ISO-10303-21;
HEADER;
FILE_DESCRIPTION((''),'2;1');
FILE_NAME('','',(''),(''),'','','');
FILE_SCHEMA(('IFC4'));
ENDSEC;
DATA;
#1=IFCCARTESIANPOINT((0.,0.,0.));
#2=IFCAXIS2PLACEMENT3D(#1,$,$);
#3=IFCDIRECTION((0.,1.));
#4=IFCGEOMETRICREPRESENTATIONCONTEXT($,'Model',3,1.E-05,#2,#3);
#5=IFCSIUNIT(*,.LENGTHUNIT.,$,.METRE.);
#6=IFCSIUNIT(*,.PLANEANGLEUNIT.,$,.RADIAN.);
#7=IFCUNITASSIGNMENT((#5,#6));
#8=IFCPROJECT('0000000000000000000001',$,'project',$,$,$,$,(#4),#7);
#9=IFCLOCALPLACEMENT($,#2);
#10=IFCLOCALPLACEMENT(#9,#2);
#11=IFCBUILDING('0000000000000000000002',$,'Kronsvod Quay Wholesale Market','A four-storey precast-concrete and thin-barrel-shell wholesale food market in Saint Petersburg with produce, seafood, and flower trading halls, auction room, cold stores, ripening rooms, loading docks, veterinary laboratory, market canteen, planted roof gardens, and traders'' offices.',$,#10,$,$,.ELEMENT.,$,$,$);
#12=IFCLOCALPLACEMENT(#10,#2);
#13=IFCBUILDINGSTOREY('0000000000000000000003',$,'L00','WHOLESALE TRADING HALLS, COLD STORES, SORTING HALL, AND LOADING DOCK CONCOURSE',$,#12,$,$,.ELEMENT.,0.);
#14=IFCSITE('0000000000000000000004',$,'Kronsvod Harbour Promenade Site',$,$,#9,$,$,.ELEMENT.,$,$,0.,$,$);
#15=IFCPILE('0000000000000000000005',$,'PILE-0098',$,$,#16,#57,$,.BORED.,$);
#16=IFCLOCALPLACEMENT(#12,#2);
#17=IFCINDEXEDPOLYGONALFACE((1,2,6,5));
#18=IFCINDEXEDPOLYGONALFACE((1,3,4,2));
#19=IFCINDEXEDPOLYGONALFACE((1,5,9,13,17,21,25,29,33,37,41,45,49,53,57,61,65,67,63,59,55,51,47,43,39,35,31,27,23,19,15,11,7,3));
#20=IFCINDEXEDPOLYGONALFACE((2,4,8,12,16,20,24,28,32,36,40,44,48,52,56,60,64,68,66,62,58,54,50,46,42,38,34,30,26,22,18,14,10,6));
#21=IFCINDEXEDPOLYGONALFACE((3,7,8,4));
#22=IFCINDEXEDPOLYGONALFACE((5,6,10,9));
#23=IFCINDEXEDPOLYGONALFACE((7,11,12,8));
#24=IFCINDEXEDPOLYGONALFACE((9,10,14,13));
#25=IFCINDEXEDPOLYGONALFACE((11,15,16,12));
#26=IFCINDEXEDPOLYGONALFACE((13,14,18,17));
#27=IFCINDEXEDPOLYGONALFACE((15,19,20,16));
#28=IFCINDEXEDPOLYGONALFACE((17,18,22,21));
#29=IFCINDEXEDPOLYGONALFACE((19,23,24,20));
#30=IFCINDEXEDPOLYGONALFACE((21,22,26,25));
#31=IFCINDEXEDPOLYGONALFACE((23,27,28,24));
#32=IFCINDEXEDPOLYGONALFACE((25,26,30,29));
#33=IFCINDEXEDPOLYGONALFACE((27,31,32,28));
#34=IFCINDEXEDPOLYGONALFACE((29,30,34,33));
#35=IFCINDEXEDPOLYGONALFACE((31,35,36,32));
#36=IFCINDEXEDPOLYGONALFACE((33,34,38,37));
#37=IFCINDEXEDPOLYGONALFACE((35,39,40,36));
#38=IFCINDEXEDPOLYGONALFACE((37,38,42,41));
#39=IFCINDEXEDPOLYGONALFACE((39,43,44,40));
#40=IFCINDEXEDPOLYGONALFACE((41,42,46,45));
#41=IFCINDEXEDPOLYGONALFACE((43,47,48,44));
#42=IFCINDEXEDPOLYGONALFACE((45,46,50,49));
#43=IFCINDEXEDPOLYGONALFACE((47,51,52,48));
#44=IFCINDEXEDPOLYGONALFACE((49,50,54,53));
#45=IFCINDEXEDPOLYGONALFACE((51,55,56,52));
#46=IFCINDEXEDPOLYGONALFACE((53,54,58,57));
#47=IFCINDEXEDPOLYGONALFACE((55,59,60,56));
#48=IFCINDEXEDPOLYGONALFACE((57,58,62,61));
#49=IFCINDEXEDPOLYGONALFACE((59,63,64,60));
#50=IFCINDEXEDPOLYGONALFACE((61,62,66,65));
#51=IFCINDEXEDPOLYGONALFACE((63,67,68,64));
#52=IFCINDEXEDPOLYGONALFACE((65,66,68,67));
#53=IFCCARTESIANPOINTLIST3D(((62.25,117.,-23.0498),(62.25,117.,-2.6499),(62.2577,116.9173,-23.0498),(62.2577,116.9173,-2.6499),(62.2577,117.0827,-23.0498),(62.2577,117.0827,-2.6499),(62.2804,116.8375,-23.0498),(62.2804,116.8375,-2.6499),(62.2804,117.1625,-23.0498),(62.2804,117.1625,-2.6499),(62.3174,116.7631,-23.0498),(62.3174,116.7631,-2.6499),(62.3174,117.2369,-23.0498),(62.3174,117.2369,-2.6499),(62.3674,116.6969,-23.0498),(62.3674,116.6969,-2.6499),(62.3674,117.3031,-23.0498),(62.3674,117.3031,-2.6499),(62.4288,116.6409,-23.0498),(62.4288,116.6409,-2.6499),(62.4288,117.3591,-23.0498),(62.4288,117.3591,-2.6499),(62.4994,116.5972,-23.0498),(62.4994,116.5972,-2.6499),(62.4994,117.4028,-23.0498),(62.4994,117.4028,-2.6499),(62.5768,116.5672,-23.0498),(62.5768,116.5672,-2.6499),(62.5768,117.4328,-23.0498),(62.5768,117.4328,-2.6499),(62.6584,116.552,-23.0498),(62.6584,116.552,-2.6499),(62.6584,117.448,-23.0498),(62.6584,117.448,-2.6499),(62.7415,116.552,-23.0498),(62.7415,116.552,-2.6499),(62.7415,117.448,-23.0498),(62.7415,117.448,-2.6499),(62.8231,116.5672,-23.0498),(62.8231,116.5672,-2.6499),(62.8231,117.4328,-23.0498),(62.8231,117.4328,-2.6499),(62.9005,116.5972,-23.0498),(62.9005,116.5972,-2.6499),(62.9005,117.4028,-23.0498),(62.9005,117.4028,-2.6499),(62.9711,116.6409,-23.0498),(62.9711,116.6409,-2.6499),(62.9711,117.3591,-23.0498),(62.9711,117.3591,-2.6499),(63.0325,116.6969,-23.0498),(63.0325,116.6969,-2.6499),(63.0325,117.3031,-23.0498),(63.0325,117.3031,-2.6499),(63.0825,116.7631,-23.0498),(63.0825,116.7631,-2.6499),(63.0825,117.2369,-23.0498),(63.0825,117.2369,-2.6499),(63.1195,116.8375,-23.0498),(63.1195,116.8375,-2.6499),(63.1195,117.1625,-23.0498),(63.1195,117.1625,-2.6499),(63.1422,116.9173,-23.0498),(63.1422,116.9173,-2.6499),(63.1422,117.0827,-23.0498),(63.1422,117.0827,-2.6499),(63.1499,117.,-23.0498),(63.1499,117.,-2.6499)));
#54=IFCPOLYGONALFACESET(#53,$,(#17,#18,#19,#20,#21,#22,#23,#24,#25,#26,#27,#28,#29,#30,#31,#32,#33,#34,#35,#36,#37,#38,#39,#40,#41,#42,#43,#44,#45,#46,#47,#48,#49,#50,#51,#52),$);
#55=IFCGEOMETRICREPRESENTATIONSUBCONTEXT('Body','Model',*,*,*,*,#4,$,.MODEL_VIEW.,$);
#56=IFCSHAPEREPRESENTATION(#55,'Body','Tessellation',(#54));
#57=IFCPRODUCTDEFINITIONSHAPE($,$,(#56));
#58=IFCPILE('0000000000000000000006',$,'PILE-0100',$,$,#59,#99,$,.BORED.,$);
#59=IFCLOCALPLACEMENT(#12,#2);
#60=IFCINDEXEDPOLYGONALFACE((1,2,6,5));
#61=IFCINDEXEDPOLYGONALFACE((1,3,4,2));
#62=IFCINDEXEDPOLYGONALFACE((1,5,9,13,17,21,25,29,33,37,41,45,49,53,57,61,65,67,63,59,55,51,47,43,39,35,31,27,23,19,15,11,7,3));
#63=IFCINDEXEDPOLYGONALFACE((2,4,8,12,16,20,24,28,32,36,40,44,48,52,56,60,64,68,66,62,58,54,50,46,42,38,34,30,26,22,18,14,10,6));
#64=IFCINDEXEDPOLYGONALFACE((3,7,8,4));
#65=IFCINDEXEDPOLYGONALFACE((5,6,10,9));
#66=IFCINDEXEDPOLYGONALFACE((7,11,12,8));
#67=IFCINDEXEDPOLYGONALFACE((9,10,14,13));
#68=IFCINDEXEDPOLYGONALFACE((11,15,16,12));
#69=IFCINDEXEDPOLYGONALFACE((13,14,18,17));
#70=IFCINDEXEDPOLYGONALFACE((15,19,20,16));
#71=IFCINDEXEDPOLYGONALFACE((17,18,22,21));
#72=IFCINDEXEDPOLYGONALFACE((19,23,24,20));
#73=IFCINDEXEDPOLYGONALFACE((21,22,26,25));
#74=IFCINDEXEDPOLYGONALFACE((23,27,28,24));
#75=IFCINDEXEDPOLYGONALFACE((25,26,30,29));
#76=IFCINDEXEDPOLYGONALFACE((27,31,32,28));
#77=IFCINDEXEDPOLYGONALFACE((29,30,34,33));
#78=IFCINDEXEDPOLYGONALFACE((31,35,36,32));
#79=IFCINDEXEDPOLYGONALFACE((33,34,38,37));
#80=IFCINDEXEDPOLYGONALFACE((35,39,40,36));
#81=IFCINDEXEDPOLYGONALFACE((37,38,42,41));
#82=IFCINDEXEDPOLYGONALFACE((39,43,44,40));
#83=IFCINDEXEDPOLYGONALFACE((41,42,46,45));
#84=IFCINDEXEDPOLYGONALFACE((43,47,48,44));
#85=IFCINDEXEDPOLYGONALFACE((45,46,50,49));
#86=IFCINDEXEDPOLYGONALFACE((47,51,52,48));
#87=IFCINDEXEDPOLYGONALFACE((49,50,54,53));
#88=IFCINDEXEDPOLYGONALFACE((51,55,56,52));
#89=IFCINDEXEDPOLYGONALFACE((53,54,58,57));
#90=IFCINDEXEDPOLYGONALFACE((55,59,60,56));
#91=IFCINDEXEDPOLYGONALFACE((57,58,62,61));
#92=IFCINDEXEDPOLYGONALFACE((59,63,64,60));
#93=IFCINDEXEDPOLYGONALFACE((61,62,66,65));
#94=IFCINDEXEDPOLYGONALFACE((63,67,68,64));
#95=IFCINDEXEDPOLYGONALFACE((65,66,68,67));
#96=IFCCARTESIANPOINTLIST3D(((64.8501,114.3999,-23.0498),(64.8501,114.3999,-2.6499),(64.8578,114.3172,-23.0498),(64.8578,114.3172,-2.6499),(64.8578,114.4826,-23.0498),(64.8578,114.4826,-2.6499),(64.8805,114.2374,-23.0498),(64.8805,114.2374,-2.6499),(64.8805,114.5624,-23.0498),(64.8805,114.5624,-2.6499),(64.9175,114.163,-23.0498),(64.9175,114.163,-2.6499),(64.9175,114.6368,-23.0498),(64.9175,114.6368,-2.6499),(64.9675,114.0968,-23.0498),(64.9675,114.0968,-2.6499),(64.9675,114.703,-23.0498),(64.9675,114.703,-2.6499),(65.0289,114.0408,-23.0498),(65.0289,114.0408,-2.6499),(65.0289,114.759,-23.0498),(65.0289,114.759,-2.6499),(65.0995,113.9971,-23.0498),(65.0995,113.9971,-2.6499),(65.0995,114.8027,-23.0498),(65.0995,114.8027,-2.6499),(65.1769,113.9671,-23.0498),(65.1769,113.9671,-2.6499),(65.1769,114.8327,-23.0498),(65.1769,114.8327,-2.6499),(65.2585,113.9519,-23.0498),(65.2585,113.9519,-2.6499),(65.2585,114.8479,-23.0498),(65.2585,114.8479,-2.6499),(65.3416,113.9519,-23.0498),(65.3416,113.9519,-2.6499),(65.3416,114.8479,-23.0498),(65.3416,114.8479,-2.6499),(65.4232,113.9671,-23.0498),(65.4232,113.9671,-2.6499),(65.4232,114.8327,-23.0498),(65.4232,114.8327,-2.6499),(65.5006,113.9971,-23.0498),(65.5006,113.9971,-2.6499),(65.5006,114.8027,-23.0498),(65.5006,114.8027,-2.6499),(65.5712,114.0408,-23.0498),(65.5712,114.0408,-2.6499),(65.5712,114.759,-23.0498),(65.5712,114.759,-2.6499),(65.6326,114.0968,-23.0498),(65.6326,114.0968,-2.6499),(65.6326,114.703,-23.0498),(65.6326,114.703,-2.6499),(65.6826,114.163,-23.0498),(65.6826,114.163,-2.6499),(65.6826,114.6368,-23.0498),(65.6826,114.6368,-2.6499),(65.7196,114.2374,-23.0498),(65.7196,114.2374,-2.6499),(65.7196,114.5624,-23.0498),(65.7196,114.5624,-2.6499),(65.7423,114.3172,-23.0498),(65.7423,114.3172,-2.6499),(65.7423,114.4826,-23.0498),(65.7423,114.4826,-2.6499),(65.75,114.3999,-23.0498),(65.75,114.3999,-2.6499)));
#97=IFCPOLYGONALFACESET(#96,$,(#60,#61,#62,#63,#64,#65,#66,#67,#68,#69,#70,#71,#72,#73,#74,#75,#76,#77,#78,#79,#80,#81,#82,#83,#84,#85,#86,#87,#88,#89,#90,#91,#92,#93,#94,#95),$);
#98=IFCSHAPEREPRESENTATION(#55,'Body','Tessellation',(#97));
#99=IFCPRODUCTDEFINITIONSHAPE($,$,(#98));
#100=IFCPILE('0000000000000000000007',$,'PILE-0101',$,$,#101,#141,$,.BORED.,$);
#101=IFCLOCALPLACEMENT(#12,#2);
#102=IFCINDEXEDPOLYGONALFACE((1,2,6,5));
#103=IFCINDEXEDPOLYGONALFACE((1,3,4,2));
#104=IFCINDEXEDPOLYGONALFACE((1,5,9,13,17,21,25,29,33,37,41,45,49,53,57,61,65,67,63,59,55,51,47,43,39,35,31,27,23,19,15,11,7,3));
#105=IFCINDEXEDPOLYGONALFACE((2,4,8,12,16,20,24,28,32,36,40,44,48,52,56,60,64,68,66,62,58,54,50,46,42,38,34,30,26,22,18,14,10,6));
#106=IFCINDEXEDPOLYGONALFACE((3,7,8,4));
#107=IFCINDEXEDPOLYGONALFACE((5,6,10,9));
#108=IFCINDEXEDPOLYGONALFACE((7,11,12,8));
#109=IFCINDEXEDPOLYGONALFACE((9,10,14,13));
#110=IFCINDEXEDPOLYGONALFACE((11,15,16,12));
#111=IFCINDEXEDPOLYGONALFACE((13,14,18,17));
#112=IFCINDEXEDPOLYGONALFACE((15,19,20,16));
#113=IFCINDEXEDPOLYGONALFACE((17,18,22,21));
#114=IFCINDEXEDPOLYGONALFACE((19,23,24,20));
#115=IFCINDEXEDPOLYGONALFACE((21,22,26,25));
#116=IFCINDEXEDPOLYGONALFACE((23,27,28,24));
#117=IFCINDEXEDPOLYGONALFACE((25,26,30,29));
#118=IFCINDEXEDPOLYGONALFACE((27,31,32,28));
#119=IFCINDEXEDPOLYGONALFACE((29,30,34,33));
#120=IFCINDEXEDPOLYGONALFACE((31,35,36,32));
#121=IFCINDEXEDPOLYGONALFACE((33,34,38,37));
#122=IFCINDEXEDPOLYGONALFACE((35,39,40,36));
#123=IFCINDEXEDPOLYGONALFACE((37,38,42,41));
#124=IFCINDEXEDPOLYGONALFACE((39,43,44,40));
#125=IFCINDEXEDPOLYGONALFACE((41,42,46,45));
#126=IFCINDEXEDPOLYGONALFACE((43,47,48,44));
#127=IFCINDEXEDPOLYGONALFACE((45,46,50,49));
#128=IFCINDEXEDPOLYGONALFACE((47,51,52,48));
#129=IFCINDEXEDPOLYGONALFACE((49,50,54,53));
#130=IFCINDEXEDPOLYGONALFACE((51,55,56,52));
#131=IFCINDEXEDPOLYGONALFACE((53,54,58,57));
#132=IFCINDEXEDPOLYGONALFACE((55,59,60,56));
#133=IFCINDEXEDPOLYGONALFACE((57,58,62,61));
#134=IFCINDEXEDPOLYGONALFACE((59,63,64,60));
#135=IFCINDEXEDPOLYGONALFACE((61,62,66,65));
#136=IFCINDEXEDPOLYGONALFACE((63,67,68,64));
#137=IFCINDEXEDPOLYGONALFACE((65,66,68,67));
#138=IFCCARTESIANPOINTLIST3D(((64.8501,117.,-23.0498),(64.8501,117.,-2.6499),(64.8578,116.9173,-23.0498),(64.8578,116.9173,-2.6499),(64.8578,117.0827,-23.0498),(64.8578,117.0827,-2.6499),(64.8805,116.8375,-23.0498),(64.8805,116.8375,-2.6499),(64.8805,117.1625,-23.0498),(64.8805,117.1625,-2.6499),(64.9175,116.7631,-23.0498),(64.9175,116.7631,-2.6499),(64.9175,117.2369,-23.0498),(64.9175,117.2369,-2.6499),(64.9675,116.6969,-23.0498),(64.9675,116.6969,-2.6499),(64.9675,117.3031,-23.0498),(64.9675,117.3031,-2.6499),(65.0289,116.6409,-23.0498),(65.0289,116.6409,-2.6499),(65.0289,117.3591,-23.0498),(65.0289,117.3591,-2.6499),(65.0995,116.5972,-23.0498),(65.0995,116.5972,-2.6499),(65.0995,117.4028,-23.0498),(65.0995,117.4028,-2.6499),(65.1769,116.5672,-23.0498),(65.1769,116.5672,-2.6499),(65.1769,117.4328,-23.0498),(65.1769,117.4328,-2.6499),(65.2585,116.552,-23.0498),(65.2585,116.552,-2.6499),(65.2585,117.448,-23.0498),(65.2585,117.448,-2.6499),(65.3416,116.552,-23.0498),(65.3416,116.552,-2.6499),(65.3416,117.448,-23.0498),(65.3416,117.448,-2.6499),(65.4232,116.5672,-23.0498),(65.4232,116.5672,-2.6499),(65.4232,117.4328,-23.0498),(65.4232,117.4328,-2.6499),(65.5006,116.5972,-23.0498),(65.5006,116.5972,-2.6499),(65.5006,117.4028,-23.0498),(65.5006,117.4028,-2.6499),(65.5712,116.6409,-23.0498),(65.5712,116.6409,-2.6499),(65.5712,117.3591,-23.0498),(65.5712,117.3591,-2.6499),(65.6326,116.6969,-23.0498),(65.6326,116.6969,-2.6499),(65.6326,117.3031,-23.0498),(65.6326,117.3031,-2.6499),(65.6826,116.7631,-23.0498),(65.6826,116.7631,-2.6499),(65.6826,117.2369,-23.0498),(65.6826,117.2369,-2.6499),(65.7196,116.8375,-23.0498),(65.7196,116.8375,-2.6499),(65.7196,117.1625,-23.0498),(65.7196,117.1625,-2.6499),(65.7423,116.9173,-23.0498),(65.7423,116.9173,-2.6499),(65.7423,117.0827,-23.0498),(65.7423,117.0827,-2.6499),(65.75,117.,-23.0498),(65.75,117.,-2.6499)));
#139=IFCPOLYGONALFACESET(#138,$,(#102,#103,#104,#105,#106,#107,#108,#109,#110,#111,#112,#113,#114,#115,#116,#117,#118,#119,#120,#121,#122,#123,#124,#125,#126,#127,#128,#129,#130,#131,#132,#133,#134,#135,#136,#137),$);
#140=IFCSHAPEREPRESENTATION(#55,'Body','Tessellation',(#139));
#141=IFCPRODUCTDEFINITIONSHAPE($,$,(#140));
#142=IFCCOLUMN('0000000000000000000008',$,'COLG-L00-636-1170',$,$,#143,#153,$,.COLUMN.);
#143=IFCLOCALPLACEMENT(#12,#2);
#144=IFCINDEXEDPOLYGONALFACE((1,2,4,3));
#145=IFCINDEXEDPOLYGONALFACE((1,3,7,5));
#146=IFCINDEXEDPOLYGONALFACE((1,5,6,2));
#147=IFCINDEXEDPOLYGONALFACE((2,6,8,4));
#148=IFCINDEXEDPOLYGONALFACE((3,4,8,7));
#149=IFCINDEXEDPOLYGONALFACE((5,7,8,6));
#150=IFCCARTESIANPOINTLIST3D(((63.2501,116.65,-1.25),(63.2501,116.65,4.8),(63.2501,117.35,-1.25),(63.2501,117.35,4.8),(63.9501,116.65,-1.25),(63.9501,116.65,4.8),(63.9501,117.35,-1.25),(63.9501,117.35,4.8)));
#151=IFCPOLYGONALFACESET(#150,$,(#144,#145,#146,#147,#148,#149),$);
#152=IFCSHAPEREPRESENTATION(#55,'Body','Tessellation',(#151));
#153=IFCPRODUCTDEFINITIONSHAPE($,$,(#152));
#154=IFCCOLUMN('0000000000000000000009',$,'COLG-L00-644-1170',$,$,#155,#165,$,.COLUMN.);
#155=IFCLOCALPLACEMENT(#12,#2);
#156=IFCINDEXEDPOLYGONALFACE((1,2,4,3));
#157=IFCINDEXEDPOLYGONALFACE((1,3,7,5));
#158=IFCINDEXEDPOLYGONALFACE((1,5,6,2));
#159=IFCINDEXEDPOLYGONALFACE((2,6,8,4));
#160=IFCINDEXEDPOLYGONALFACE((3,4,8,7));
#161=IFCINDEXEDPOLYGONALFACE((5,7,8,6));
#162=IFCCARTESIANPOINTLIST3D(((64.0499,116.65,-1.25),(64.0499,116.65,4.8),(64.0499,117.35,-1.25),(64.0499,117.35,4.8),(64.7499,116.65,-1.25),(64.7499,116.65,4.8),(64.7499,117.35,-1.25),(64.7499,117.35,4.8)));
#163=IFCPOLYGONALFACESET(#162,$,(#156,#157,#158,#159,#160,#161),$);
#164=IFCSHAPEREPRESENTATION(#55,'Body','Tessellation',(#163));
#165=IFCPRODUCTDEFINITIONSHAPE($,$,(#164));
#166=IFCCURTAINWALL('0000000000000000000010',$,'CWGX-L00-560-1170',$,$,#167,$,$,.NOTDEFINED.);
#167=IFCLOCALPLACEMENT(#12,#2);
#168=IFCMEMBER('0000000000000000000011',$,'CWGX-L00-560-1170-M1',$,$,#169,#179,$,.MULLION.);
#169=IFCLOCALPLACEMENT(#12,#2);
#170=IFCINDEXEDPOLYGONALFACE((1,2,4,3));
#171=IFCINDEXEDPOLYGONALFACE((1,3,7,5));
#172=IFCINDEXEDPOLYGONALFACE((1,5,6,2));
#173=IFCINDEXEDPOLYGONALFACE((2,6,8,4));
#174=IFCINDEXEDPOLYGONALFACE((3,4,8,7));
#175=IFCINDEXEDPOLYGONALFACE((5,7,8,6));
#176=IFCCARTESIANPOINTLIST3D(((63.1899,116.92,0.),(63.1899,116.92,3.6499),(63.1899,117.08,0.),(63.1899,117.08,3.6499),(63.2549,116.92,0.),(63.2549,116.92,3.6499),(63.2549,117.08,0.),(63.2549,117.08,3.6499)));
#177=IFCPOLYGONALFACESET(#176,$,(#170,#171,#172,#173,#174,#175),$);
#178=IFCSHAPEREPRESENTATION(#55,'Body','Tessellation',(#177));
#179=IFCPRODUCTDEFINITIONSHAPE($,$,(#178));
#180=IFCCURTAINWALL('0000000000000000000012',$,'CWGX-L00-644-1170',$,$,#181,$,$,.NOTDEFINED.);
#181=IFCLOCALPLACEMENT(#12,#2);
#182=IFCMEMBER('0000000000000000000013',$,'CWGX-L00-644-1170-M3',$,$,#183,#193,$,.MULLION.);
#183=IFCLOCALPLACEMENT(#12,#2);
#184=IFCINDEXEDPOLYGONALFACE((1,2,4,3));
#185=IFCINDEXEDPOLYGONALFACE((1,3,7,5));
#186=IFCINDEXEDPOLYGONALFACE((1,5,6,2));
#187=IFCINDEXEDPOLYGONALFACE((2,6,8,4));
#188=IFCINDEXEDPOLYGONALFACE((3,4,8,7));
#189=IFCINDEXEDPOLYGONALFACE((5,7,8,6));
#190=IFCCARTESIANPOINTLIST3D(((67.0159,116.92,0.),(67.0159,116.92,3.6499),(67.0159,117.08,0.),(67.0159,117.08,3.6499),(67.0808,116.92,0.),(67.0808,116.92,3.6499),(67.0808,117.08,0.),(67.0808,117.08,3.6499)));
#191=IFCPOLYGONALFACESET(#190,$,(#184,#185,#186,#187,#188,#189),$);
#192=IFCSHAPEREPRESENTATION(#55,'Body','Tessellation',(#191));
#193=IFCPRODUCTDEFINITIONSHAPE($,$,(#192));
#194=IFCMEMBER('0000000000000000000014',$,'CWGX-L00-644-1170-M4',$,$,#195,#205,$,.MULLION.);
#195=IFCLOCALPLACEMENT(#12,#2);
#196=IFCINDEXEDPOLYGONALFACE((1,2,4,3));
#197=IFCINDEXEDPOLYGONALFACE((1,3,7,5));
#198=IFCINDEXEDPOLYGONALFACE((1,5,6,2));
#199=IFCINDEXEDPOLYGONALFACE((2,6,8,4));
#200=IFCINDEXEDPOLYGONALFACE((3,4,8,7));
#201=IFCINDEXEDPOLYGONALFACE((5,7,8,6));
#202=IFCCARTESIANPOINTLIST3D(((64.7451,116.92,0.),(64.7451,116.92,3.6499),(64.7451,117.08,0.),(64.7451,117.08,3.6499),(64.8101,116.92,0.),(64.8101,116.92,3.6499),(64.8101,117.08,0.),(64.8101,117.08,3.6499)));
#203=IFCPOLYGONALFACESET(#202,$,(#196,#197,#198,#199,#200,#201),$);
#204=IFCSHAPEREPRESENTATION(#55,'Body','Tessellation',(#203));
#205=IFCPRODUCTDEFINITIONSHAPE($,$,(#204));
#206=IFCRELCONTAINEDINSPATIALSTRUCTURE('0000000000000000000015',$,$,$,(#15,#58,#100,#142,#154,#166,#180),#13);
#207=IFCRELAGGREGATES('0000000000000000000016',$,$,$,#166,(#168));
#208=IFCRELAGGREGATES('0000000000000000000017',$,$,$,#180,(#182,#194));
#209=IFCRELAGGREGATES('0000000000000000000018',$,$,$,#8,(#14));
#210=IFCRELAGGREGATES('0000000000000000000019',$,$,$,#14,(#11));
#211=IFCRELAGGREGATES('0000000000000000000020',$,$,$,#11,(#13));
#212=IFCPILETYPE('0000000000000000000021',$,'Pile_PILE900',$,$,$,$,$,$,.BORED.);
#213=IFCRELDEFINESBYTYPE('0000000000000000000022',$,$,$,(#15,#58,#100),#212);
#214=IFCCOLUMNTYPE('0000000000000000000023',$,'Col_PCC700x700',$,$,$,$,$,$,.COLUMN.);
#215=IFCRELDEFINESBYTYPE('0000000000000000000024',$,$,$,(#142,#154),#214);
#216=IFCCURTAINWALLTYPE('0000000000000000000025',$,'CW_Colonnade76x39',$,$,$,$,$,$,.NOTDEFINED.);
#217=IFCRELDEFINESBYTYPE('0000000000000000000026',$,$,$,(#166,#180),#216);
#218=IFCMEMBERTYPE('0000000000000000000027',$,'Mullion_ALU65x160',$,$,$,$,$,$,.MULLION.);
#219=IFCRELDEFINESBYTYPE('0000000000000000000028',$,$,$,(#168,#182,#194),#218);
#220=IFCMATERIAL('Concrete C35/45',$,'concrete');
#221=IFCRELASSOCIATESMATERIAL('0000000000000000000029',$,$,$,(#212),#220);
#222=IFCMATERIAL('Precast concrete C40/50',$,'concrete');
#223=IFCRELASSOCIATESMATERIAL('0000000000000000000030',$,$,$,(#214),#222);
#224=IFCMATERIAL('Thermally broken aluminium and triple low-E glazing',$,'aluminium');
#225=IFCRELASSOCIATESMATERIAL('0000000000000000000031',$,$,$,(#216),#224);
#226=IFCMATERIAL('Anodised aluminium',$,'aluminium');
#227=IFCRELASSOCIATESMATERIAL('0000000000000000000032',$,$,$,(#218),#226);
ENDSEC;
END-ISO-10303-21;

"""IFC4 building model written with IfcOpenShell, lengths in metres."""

from ifc_helpers import new_model, si_unit, direction, frame, origin, origin_2d, place, context, subcontext, project, spatial, rectangle, circle, extrude, material, material_profile, profile_set, type_object, element, aggregate, save


model = new_model("IFC4")

# Units and contexts
model_context = context("Model", 3, precision=1e-05, world=origin(), true_north=direction((0.0, 1.0)))
body_context = subcontext(model_context, "Body", "Model", "MODEL_VIEW")
ifc_project = project(units=[si_unit("LENGTHUNIT", "METRE"), si_unit("PLANEANGLEUNIT", "RADIAN")], contexts=[model_context])

# Site, building, storey
site_placement = place(None, origin())
site = spatial("IfcSite", under=ifc_project, at=site_placement, Name="Kronsvod Harbour Promenade Site", CompositionType="ELEMENT", RefElevation=0.0)
building_placement = place(site_placement, origin())
building = spatial("IfcBuilding", under=site, at=building_placement, Name="Kronsvod Quay Wholesale Market", Description="A four-storey precast-concrete and thin-barrel-shell wholesale food market in Saint Petersburg with produce, seafood, and flower trading halls, auction room, cold stores, ripening rooms, loading docks, veterinary laboratory, market canteen, planted roof gardens, and traders' offices.", CompositionType="ELEMENT")
storey_placement = place(building_placement, origin())
storey = spatial("IfcBuildingStorey", under=building, at=storey_placement, Name="L00", Description="WHOLESALE TRADING HALLS, COLD STORES, SORTING HALL, AND LOADING DOCK CONCOURSE", CompositionType="ELEMENT", Elevation=0.0)

# Piles
ifc_material_1 = material(Name="Concrete C35/45", Category="concrete")
ifc_material_profile_1 = material_profile(ifc_material_1, circle(Radius=0.45, at=origin_2d()), Name="PILE900")
ifc_profile_set_1 = profile_set([ifc_material_profile_1], Name="Concrete C35/45")
pile_type = type_object("IfcPileType", Name="Pile_PILE900", PredefinedType="BORED", material=ifc_profile_set_1)
for number, where, z_axis, x_axis, name in (
    (1, (62.7, 117.0, -2.6499), (0.0, 0.0, -1.0), (1.0, 0.0, 0.0), "PILE-0098"),
    (2, (65.3, 114.3999, -2.6499), (0.0, 0.0, -1.0), (1.0, 0.0, 0.0), "PILE-0100"),
    (3, (65.3, 117.0, -2.6499), (0.0, 0.0, -1.0), (1.0, 0.0, 0.0), "PILE-0101"),
):
    element("IfcPile", number, at=place(storey_placement, frame(where, z_axis=z_axis, x_axis=x_axis)), inside=storey, type_object=pile_type, Name=name, PredefinedType="BORED", context=body_context, shape_type="SweptSolid", body=[
        extrude(circle(Radius=0.45, at=origin_2d()), origin(), (0.0, 0.0, 1.0), 20.3999),
    ])

# Columns
ifc_material_2 = material(Name="Precast concrete C40/50", Category="concrete")
ifc_material_profile_2 = material_profile(ifc_material_2, rectangle(XDim=0.7, YDim=0.7, at=origin_2d()), Name="PCC700x700")
ifc_profile_set_2 = profile_set([ifc_material_profile_2], Name="Precast concrete C40/50")
column_type = type_object("IfcColumnType", Name="Col_PCC700x700", PredefinedType="COLUMN", material=ifc_profile_set_2)
for number, where, z_axis, x_axis, name in (
    (4, (63.6001, 117.0, -1.25), (0.0, 0.0, 1.0), (1.0, 0.0, 0.0), "COLG-L00-636-1170"),
    (5, (64.3999, 117.0, -1.25), (0.0, 0.0, 1.0), (1.0, 0.0, 0.0), "COLG-L00-644-1170"),
):
    element("IfcColumn", number, at=place(storey_placement, frame(where, z_axis=z_axis, x_axis=x_axis)), inside=storey, type_object=column_type, Name=name, PredefinedType="COLUMN", context=body_context, shape_type="SweptSolid", body=[
        extrude(rectangle(XDim=0.7, YDim=0.7, at=origin_2d()), origin(), (0.0, 0.0, 1.0), 6.05),
    ])

# Curtain wall, member
ifc_material_3 = material(Name="Thermally broken aluminium and triple low-E glazing", Category="aluminium")
curtain_wall_type = type_object("IfcCurtainWallType", Name="CW_Colonnade76x39", PredefinedType="NOTDEFINED", material=ifc_material_3)
curtain_wall_1_placement = place(storey_placement, origin())
curtain_wall_1 = element("IfcCurtainWall", 6, at=curtain_wall_1_placement, inside=storey, type_object=curtain_wall_type, Name="CWGX-L00-560-1170", PredefinedType="NOTDEFINED")
ifc_material_4 = material(Name="Anodised aluminium", Category="aluminium")
ifc_material_profile_3 = material_profile(ifc_material_4, rectangle(XDim=0.0649, YDim=0.1599, at=origin_2d()), Name="ALUM65x160")
ifc_profile_set_3 = profile_set([ifc_material_profile_3], Name="Anodised aluminium")
member_type_1 = type_object("IfcMemberType", Name="Mullion_ALU65x160", PredefinedType="MULLION", material=ifc_profile_set_3)
member_1_placement = place(storey_placement, frame((63.2224, 117.0, 0.0), z_axis=(0.0, 0.0, 1.0), x_axis=(1.0, 0.0, 0.0)))
member_1 = element("IfcMember", 7, at=member_1_placement, type_object=member_type_1, Name="CWGX-L00-560-1170-M1", PredefinedType="MULLION", context=body_context, shape_type="SweptSolid", body=[
    extrude(rectangle(XDim=0.0649, YDim=0.1599, at=origin_2d()), origin(), (0.0, 0.0, 1.0), 3.6499),
])

# Curtain wall, members
curtain_wall_2_placement = place(storey_placement, origin())
curtain_wall_2 = element("IfcCurtainWall", 8, at=curtain_wall_2_placement, inside=storey, type_object=curtain_wall_type, Name="CWGX-L00-644-1170", PredefinedType="NOTDEFINED")
member_2_placement = place(storey_placement, frame((67.0483, 117.0, 0.0), z_axis=(0.0, 0.0, 1.0), x_axis=(1.0, 0.0, 0.0)))
member_2 = element("IfcMember", 9, at=member_2_placement, type_object=member_type_1, Name="CWGX-L00-644-1170-M3", PredefinedType="MULLION", context=body_context, shape_type="SweptSolid", body=[
    extrude(rectangle(XDim=0.0649, YDim=0.1599, at=origin_2d()), origin(), (0.0, 0.0, 1.0), 3.6499),
])
member_3_placement = place(storey_placement, frame((64.7776, 117.0, 0.0), z_axis=(0.0, 0.0, 1.0), x_axis=(1.0, 0.0, 0.0)))
member_3 = element("IfcMember", 10, at=member_3_placement, type_object=member_type_1, Name="CWGX-L00-644-1170-M4", PredefinedType="MULLION", context=body_context, shape_type="SweptSolid", body=[
    extrude(rectangle(XDim=0.0649, YDim=0.1599, at=origin_2d()), origin(), (0.0, 0.0, 1.0), 3.6499),
])

aggregate(curtain_wall_1, [member_1])
aggregate(curtain_wall_2, [member_2, member_3])

save(model, "model.ifc")
